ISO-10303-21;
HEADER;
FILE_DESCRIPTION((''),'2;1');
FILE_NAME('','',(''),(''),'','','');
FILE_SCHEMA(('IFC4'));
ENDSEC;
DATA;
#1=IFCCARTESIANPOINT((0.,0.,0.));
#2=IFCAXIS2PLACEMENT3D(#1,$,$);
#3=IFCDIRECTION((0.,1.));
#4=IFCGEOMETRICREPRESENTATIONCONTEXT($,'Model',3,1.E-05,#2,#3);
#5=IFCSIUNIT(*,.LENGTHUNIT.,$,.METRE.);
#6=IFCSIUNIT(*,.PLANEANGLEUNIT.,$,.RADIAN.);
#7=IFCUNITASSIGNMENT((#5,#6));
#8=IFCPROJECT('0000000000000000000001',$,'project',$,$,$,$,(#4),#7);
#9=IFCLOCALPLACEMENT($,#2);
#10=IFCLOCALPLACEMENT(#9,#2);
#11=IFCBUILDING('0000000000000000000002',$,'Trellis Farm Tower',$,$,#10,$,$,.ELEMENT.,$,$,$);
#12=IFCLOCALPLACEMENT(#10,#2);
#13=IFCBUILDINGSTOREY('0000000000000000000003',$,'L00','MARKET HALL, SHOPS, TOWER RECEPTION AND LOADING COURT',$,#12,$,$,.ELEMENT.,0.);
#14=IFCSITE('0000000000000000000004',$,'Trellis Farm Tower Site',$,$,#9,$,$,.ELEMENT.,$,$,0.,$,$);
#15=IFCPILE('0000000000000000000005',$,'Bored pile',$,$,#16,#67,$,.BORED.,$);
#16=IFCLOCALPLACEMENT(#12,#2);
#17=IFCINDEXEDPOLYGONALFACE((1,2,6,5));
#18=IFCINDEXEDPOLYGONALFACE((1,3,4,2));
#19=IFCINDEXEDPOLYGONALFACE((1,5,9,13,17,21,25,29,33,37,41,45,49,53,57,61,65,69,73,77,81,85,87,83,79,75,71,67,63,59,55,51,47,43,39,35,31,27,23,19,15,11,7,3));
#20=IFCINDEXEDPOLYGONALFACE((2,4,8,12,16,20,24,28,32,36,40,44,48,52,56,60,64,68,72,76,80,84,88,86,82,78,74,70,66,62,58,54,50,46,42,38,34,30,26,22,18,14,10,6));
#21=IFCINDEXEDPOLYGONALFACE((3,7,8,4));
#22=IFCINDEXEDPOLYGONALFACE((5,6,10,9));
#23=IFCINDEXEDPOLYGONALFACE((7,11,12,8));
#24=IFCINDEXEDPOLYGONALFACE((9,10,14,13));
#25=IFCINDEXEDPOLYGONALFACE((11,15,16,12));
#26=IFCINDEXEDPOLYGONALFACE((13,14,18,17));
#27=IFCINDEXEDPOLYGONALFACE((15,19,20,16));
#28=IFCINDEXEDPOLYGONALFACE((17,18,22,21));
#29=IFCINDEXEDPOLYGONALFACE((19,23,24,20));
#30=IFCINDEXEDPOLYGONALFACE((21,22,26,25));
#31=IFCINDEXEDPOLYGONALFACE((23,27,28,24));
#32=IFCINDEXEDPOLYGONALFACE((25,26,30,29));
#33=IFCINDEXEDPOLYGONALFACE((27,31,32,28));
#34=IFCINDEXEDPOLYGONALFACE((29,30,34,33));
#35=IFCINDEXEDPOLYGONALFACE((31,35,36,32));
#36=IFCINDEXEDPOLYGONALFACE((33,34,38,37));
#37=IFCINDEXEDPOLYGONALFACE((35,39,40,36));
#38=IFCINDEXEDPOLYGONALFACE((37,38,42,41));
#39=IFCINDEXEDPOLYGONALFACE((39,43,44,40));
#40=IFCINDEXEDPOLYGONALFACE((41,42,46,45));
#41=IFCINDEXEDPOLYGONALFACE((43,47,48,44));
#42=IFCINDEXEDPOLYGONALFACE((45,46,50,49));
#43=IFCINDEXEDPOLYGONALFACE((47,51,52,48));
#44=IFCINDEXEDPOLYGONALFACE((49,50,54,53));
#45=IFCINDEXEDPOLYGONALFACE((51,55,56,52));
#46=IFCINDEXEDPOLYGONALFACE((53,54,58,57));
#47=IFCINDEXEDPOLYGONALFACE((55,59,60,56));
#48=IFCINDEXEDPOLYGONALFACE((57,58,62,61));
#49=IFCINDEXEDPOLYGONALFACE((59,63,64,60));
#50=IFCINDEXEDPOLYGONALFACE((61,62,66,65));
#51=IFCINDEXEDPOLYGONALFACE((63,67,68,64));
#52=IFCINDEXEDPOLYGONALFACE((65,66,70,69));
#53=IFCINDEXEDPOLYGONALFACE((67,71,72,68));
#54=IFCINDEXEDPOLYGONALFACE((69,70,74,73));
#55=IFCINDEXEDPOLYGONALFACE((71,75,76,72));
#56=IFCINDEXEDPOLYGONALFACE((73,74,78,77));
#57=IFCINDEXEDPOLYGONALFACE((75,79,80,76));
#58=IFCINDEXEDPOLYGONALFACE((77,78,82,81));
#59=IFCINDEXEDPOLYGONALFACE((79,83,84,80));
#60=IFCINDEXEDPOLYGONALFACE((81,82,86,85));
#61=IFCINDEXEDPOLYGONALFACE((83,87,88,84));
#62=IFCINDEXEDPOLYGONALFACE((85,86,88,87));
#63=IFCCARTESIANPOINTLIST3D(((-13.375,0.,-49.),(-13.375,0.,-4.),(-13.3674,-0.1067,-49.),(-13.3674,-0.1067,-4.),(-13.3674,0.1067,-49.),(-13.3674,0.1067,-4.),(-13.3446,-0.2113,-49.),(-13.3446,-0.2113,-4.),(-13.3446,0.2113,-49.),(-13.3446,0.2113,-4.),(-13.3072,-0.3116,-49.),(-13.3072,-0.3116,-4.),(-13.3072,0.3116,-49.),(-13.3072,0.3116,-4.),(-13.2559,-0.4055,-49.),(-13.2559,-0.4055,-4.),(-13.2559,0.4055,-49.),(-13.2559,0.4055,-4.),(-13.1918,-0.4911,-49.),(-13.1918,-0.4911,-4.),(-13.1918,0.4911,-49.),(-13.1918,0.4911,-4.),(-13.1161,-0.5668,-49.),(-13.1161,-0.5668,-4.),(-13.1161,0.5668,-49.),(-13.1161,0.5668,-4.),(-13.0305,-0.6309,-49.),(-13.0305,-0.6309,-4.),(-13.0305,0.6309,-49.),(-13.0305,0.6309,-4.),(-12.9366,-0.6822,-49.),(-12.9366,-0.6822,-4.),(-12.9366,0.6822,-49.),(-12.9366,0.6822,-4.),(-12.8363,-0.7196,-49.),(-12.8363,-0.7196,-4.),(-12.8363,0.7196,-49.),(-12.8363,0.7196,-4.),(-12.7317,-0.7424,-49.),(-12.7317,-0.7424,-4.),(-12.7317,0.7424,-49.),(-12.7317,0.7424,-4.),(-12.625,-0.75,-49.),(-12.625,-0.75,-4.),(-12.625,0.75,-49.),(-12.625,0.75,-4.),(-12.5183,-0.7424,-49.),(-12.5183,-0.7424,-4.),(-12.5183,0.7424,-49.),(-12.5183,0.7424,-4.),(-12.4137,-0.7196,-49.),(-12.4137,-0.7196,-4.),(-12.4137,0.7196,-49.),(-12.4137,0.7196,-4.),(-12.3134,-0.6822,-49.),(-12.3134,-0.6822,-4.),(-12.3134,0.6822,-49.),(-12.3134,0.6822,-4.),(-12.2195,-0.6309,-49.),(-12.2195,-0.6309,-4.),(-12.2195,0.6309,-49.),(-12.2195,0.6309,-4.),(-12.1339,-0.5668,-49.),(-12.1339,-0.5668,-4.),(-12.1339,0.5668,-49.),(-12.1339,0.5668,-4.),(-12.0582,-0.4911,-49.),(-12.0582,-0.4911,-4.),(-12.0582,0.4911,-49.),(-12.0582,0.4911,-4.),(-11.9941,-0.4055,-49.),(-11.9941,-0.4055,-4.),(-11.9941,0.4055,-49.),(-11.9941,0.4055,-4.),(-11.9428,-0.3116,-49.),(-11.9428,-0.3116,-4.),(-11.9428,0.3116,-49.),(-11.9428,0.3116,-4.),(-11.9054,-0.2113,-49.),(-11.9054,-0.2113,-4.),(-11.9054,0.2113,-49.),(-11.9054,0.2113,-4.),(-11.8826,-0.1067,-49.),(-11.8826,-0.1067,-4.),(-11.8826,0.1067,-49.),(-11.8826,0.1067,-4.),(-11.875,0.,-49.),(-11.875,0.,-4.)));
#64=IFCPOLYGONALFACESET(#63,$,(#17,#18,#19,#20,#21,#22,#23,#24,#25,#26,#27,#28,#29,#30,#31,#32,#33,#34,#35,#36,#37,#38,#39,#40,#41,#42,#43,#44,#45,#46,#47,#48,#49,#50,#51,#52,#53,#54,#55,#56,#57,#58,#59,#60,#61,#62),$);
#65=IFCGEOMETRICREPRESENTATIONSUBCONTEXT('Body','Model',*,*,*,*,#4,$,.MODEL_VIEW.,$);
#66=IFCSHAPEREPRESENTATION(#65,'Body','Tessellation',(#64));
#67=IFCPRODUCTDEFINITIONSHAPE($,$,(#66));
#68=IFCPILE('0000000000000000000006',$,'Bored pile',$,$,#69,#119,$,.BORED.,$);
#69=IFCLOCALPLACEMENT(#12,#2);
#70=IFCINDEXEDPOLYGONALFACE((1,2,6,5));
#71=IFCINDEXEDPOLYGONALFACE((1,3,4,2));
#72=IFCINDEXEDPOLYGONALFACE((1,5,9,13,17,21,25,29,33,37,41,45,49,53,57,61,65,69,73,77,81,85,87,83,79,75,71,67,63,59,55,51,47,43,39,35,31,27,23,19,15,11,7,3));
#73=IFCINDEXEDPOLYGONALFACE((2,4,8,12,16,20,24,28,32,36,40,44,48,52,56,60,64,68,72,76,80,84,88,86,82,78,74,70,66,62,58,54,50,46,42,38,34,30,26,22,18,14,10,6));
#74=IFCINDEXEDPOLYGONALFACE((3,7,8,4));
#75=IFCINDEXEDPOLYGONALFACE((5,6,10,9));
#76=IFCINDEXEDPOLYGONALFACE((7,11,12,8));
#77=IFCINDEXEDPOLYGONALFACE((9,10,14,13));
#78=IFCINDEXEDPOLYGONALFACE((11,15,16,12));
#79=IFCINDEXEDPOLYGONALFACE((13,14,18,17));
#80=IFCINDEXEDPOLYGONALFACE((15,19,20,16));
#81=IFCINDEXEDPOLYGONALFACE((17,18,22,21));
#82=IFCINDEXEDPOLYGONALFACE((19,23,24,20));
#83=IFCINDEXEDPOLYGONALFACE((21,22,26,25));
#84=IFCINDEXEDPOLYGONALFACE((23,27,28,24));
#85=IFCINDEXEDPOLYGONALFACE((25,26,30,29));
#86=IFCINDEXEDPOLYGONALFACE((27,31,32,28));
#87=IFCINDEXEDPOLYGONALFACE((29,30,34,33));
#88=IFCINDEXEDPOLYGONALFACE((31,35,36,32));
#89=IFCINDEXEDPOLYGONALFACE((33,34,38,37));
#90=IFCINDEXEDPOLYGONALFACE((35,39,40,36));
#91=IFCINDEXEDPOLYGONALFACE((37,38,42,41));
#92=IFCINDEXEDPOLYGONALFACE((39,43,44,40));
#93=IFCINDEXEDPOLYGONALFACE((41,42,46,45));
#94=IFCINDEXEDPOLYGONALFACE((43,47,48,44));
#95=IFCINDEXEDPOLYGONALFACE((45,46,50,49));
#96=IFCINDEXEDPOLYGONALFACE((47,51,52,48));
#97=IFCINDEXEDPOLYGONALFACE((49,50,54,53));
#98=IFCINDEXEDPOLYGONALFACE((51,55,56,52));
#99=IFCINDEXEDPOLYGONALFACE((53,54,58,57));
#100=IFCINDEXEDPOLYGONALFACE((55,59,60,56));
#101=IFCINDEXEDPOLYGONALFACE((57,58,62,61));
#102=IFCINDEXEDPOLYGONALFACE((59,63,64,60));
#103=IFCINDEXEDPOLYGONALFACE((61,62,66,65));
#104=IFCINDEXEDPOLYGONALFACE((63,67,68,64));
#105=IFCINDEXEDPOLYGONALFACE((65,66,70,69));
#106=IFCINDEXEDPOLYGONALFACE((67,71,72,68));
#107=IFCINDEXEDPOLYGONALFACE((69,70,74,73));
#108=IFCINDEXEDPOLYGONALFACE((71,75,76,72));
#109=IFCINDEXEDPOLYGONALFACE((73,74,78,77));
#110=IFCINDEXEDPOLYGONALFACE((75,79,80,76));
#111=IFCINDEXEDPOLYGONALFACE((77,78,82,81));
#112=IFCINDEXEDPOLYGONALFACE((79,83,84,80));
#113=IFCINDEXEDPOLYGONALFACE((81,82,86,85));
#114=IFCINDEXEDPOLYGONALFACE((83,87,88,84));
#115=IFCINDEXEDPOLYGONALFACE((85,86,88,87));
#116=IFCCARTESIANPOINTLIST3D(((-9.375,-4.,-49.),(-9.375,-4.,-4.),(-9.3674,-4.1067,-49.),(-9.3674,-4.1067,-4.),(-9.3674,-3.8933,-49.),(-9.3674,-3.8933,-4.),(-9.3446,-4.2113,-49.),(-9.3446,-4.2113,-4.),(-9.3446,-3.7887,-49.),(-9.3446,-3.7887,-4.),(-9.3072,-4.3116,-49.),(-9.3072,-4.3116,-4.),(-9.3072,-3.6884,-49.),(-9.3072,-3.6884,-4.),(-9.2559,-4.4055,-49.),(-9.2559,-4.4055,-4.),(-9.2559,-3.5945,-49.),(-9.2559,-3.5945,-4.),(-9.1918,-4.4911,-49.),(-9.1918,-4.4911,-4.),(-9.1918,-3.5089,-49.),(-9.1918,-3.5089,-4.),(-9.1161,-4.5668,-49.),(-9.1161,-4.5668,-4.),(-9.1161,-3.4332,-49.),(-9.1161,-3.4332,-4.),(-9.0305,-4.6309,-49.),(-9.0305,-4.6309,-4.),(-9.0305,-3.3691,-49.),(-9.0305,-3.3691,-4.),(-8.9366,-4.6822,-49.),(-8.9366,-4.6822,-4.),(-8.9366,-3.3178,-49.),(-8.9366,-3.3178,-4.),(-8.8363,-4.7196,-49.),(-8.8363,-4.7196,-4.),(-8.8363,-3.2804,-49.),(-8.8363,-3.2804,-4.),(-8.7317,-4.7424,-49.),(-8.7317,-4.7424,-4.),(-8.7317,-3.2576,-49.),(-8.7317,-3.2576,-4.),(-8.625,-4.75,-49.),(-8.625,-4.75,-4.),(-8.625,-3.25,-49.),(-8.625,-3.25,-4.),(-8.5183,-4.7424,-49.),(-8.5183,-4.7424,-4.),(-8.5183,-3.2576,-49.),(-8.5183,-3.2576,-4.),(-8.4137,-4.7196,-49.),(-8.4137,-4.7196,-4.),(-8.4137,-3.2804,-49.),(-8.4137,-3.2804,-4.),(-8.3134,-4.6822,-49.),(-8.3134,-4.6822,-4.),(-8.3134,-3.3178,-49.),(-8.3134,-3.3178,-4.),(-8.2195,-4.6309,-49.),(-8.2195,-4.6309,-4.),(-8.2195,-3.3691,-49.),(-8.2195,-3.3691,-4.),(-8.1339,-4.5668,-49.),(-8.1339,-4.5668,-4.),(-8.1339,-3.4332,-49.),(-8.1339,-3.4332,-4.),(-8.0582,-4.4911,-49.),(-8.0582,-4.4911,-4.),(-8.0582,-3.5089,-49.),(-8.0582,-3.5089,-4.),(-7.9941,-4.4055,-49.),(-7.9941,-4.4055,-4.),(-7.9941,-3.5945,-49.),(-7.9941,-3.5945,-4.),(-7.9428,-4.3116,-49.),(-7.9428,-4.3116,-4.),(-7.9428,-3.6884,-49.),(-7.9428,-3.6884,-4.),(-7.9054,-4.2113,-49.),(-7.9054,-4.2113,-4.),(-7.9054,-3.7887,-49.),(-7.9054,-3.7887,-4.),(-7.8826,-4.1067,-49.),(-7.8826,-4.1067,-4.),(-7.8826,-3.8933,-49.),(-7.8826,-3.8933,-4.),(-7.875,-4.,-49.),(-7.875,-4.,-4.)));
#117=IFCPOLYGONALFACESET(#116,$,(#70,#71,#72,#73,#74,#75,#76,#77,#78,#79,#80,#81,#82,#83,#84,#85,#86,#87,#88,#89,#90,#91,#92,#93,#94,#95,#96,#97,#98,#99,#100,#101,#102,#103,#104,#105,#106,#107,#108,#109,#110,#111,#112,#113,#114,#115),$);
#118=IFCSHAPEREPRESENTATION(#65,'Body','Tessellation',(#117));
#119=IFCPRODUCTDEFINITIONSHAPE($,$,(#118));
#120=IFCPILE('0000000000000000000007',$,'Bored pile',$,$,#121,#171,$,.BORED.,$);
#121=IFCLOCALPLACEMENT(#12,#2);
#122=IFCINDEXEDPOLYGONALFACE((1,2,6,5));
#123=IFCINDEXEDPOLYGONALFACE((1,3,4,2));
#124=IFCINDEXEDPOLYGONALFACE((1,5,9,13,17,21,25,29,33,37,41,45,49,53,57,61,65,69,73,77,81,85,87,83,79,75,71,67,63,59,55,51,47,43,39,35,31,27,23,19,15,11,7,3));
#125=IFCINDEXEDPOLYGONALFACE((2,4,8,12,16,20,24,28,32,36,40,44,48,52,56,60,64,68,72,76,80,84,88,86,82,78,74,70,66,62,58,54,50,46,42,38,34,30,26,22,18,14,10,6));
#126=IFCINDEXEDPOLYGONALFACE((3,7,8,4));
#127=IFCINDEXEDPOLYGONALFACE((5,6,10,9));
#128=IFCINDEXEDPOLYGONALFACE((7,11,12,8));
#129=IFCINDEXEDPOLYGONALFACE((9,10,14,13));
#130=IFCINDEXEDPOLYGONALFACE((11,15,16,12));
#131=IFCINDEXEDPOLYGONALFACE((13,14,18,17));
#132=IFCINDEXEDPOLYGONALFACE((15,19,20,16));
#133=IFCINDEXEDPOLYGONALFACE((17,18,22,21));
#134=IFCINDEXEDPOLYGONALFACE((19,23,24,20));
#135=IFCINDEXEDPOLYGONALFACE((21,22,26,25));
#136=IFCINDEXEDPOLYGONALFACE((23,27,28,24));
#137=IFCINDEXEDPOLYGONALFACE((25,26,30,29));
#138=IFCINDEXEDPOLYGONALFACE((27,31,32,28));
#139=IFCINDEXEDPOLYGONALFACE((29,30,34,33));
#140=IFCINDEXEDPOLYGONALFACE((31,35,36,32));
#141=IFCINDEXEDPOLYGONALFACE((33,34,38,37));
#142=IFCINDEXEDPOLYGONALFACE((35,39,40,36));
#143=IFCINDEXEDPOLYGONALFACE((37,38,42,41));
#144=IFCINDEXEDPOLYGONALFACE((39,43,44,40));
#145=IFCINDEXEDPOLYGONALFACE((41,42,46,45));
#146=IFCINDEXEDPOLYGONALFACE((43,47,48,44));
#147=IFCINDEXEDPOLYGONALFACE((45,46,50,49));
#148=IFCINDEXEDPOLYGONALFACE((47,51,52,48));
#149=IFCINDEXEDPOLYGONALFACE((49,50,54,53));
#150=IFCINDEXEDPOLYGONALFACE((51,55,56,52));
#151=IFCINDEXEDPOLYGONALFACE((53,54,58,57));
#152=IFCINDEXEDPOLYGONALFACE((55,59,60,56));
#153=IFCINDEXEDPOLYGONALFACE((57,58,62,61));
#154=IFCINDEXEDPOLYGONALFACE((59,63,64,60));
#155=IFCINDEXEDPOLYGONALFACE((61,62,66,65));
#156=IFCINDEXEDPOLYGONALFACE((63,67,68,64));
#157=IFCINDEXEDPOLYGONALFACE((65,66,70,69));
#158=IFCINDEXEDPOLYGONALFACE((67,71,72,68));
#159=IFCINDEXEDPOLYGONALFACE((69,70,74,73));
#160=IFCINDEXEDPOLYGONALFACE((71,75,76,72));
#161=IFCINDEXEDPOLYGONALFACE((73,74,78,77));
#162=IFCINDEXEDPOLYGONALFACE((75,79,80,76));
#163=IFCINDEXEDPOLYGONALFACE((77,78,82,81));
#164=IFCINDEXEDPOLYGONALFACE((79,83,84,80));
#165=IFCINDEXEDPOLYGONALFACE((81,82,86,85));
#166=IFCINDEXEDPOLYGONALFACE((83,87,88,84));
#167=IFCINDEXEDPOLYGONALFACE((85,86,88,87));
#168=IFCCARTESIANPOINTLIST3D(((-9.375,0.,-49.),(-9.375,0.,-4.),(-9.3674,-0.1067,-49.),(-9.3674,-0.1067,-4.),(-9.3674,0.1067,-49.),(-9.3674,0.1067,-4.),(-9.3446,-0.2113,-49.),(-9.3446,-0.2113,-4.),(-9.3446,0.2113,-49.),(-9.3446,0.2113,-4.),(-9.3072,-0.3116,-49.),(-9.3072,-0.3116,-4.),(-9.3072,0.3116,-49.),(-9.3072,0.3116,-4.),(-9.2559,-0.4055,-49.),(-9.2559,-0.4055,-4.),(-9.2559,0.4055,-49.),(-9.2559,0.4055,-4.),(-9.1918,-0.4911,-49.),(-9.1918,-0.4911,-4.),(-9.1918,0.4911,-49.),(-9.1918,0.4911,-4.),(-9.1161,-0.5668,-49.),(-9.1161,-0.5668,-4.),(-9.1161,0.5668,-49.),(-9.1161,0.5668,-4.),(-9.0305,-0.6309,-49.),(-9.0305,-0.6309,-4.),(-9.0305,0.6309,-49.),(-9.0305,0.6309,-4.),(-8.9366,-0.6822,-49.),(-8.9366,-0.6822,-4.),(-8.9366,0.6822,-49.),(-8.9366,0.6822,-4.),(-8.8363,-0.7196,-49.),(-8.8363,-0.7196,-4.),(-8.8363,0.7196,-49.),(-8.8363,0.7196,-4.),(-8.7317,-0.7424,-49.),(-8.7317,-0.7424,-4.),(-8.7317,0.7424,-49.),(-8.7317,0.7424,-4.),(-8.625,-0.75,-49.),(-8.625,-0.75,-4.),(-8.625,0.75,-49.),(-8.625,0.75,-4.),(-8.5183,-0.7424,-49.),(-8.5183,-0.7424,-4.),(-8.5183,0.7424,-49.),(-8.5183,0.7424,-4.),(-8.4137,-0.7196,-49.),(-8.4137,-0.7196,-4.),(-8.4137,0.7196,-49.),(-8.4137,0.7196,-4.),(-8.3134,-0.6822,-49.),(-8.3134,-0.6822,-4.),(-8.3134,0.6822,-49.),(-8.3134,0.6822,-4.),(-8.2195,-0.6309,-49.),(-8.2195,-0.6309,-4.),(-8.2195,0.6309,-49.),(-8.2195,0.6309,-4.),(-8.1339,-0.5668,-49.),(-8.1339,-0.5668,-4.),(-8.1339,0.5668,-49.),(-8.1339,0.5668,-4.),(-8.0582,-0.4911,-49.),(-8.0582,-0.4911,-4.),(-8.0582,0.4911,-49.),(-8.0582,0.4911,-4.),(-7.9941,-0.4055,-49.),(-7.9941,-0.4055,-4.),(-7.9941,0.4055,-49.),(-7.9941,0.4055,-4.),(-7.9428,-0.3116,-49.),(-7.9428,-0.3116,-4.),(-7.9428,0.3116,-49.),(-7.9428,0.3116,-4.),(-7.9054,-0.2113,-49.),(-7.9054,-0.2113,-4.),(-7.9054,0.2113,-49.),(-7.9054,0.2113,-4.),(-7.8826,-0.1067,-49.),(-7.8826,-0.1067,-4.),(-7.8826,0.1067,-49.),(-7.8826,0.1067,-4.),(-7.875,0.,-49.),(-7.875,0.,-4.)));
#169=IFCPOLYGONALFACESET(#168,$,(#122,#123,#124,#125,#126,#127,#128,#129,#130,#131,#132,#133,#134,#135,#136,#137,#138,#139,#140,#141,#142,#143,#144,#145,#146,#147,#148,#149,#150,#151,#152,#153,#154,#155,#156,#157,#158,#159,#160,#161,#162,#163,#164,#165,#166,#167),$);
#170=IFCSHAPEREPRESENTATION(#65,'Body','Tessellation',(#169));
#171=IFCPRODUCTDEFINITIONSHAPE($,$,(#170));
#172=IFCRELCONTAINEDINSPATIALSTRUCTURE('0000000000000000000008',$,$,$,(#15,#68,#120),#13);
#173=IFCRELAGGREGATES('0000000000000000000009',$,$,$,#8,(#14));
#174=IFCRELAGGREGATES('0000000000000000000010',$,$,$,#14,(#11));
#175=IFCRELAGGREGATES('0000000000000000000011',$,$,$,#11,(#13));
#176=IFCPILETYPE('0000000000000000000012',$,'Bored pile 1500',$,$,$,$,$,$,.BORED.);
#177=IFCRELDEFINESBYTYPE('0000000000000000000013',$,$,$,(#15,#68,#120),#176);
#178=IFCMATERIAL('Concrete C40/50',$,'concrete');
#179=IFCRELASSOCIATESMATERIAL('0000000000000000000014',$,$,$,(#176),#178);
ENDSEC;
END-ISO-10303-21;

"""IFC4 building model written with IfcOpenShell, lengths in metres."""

from ifc_helpers import new_model, si_unit, direction, frame, origin, origin_2d, place, context, subcontext, project, spatial, circle, extrude, source, transform, mapped, material, material_profile, profile_set, type_object, element, save


model = new_model("IFC4")

# Units and contexts
model_context = context("Model", 3, precision=1e-05, world=origin(), true_north=direction((0.0, 1.0)))
body_context = subcontext(model_context, "Body", "Model", "MODEL_VIEW")
ifc_project = project(units=[si_unit("LENGTHUNIT", "METRE"), si_unit("PLANEANGLEUNIT", "RADIAN")], contexts=[model_context])

# Site, building, storey
site_placement = place(None, origin())
site = spatial("IfcSite", under=ifc_project, at=site_placement, Name="Trellis Farm Tower Site", CompositionType="ELEMENT", RefElevation=0.0)
building_placement = place(site_placement, origin())
building = spatial("IfcBuilding", under=site, at=building_placement, Name="Trellis Farm Tower", CompositionType="ELEMENT")
storey_placement = place(building_placement, origin())
storey = spatial("IfcBuildingStorey", under=building, at=storey_placement, Name="L00", Description="MARKET HALL, SHOPS, TOWER RECEPTION AND LOADING COURT", CompositionType="ELEMENT", Elevation=0.0)

# Piles
ifc_material_1 = material(Name="Concrete C40/50", Category="concrete")
ifc_material_profile_1 = material_profile(ifc_material_1, circle(Radius=0.75, at=origin_2d()), Name="Bored pile 1500")
ifc_profile_set_1 = profile_set([ifc_material_profile_1], Name="Concrete C40/50")
pile_type = type_object("IfcPileType", Name="Bored pile 1500", PredefinedType="BORED", material=ifc_profile_set_1)
shared_shape_1 = source(origin(), body_context, "Body", "SweptSolid", [
    extrude(circle(Radius=0.75, at=origin_2d()), origin(), (0.0, 0.0, 1.0), 45.0),
])
for number, where, z_axis, x_axis, name in (
    (1, (-12.625, 0.0, -4.0), (0.0, 0.0, -1.0), (1.0, 0.0, 0.0), "Bored pile"),
    (2, (-8.625, -4.0, -4.0), (0.0, 0.0, -1.0), (1.0, 0.0, 0.0), "Bored pile"),
    (3, (-8.625, 0.0, -4.0), (0.0, 0.0, -1.0), (1.0, 0.0, 0.0), "Bored pile"),
):
    element("IfcPile", number, at=place(storey_placement, frame(where, z_axis=z_axis, x_axis=x_axis)), inside=storey, type_object=pile_type, Name=name, PredefinedType="BORED", context=body_context, shape_type="MappedRepresentation", body=[
        mapped(shared_shape_1, transform((0.0, 0.0, 0.0))),
    ])

save(model, "model.ifc")
